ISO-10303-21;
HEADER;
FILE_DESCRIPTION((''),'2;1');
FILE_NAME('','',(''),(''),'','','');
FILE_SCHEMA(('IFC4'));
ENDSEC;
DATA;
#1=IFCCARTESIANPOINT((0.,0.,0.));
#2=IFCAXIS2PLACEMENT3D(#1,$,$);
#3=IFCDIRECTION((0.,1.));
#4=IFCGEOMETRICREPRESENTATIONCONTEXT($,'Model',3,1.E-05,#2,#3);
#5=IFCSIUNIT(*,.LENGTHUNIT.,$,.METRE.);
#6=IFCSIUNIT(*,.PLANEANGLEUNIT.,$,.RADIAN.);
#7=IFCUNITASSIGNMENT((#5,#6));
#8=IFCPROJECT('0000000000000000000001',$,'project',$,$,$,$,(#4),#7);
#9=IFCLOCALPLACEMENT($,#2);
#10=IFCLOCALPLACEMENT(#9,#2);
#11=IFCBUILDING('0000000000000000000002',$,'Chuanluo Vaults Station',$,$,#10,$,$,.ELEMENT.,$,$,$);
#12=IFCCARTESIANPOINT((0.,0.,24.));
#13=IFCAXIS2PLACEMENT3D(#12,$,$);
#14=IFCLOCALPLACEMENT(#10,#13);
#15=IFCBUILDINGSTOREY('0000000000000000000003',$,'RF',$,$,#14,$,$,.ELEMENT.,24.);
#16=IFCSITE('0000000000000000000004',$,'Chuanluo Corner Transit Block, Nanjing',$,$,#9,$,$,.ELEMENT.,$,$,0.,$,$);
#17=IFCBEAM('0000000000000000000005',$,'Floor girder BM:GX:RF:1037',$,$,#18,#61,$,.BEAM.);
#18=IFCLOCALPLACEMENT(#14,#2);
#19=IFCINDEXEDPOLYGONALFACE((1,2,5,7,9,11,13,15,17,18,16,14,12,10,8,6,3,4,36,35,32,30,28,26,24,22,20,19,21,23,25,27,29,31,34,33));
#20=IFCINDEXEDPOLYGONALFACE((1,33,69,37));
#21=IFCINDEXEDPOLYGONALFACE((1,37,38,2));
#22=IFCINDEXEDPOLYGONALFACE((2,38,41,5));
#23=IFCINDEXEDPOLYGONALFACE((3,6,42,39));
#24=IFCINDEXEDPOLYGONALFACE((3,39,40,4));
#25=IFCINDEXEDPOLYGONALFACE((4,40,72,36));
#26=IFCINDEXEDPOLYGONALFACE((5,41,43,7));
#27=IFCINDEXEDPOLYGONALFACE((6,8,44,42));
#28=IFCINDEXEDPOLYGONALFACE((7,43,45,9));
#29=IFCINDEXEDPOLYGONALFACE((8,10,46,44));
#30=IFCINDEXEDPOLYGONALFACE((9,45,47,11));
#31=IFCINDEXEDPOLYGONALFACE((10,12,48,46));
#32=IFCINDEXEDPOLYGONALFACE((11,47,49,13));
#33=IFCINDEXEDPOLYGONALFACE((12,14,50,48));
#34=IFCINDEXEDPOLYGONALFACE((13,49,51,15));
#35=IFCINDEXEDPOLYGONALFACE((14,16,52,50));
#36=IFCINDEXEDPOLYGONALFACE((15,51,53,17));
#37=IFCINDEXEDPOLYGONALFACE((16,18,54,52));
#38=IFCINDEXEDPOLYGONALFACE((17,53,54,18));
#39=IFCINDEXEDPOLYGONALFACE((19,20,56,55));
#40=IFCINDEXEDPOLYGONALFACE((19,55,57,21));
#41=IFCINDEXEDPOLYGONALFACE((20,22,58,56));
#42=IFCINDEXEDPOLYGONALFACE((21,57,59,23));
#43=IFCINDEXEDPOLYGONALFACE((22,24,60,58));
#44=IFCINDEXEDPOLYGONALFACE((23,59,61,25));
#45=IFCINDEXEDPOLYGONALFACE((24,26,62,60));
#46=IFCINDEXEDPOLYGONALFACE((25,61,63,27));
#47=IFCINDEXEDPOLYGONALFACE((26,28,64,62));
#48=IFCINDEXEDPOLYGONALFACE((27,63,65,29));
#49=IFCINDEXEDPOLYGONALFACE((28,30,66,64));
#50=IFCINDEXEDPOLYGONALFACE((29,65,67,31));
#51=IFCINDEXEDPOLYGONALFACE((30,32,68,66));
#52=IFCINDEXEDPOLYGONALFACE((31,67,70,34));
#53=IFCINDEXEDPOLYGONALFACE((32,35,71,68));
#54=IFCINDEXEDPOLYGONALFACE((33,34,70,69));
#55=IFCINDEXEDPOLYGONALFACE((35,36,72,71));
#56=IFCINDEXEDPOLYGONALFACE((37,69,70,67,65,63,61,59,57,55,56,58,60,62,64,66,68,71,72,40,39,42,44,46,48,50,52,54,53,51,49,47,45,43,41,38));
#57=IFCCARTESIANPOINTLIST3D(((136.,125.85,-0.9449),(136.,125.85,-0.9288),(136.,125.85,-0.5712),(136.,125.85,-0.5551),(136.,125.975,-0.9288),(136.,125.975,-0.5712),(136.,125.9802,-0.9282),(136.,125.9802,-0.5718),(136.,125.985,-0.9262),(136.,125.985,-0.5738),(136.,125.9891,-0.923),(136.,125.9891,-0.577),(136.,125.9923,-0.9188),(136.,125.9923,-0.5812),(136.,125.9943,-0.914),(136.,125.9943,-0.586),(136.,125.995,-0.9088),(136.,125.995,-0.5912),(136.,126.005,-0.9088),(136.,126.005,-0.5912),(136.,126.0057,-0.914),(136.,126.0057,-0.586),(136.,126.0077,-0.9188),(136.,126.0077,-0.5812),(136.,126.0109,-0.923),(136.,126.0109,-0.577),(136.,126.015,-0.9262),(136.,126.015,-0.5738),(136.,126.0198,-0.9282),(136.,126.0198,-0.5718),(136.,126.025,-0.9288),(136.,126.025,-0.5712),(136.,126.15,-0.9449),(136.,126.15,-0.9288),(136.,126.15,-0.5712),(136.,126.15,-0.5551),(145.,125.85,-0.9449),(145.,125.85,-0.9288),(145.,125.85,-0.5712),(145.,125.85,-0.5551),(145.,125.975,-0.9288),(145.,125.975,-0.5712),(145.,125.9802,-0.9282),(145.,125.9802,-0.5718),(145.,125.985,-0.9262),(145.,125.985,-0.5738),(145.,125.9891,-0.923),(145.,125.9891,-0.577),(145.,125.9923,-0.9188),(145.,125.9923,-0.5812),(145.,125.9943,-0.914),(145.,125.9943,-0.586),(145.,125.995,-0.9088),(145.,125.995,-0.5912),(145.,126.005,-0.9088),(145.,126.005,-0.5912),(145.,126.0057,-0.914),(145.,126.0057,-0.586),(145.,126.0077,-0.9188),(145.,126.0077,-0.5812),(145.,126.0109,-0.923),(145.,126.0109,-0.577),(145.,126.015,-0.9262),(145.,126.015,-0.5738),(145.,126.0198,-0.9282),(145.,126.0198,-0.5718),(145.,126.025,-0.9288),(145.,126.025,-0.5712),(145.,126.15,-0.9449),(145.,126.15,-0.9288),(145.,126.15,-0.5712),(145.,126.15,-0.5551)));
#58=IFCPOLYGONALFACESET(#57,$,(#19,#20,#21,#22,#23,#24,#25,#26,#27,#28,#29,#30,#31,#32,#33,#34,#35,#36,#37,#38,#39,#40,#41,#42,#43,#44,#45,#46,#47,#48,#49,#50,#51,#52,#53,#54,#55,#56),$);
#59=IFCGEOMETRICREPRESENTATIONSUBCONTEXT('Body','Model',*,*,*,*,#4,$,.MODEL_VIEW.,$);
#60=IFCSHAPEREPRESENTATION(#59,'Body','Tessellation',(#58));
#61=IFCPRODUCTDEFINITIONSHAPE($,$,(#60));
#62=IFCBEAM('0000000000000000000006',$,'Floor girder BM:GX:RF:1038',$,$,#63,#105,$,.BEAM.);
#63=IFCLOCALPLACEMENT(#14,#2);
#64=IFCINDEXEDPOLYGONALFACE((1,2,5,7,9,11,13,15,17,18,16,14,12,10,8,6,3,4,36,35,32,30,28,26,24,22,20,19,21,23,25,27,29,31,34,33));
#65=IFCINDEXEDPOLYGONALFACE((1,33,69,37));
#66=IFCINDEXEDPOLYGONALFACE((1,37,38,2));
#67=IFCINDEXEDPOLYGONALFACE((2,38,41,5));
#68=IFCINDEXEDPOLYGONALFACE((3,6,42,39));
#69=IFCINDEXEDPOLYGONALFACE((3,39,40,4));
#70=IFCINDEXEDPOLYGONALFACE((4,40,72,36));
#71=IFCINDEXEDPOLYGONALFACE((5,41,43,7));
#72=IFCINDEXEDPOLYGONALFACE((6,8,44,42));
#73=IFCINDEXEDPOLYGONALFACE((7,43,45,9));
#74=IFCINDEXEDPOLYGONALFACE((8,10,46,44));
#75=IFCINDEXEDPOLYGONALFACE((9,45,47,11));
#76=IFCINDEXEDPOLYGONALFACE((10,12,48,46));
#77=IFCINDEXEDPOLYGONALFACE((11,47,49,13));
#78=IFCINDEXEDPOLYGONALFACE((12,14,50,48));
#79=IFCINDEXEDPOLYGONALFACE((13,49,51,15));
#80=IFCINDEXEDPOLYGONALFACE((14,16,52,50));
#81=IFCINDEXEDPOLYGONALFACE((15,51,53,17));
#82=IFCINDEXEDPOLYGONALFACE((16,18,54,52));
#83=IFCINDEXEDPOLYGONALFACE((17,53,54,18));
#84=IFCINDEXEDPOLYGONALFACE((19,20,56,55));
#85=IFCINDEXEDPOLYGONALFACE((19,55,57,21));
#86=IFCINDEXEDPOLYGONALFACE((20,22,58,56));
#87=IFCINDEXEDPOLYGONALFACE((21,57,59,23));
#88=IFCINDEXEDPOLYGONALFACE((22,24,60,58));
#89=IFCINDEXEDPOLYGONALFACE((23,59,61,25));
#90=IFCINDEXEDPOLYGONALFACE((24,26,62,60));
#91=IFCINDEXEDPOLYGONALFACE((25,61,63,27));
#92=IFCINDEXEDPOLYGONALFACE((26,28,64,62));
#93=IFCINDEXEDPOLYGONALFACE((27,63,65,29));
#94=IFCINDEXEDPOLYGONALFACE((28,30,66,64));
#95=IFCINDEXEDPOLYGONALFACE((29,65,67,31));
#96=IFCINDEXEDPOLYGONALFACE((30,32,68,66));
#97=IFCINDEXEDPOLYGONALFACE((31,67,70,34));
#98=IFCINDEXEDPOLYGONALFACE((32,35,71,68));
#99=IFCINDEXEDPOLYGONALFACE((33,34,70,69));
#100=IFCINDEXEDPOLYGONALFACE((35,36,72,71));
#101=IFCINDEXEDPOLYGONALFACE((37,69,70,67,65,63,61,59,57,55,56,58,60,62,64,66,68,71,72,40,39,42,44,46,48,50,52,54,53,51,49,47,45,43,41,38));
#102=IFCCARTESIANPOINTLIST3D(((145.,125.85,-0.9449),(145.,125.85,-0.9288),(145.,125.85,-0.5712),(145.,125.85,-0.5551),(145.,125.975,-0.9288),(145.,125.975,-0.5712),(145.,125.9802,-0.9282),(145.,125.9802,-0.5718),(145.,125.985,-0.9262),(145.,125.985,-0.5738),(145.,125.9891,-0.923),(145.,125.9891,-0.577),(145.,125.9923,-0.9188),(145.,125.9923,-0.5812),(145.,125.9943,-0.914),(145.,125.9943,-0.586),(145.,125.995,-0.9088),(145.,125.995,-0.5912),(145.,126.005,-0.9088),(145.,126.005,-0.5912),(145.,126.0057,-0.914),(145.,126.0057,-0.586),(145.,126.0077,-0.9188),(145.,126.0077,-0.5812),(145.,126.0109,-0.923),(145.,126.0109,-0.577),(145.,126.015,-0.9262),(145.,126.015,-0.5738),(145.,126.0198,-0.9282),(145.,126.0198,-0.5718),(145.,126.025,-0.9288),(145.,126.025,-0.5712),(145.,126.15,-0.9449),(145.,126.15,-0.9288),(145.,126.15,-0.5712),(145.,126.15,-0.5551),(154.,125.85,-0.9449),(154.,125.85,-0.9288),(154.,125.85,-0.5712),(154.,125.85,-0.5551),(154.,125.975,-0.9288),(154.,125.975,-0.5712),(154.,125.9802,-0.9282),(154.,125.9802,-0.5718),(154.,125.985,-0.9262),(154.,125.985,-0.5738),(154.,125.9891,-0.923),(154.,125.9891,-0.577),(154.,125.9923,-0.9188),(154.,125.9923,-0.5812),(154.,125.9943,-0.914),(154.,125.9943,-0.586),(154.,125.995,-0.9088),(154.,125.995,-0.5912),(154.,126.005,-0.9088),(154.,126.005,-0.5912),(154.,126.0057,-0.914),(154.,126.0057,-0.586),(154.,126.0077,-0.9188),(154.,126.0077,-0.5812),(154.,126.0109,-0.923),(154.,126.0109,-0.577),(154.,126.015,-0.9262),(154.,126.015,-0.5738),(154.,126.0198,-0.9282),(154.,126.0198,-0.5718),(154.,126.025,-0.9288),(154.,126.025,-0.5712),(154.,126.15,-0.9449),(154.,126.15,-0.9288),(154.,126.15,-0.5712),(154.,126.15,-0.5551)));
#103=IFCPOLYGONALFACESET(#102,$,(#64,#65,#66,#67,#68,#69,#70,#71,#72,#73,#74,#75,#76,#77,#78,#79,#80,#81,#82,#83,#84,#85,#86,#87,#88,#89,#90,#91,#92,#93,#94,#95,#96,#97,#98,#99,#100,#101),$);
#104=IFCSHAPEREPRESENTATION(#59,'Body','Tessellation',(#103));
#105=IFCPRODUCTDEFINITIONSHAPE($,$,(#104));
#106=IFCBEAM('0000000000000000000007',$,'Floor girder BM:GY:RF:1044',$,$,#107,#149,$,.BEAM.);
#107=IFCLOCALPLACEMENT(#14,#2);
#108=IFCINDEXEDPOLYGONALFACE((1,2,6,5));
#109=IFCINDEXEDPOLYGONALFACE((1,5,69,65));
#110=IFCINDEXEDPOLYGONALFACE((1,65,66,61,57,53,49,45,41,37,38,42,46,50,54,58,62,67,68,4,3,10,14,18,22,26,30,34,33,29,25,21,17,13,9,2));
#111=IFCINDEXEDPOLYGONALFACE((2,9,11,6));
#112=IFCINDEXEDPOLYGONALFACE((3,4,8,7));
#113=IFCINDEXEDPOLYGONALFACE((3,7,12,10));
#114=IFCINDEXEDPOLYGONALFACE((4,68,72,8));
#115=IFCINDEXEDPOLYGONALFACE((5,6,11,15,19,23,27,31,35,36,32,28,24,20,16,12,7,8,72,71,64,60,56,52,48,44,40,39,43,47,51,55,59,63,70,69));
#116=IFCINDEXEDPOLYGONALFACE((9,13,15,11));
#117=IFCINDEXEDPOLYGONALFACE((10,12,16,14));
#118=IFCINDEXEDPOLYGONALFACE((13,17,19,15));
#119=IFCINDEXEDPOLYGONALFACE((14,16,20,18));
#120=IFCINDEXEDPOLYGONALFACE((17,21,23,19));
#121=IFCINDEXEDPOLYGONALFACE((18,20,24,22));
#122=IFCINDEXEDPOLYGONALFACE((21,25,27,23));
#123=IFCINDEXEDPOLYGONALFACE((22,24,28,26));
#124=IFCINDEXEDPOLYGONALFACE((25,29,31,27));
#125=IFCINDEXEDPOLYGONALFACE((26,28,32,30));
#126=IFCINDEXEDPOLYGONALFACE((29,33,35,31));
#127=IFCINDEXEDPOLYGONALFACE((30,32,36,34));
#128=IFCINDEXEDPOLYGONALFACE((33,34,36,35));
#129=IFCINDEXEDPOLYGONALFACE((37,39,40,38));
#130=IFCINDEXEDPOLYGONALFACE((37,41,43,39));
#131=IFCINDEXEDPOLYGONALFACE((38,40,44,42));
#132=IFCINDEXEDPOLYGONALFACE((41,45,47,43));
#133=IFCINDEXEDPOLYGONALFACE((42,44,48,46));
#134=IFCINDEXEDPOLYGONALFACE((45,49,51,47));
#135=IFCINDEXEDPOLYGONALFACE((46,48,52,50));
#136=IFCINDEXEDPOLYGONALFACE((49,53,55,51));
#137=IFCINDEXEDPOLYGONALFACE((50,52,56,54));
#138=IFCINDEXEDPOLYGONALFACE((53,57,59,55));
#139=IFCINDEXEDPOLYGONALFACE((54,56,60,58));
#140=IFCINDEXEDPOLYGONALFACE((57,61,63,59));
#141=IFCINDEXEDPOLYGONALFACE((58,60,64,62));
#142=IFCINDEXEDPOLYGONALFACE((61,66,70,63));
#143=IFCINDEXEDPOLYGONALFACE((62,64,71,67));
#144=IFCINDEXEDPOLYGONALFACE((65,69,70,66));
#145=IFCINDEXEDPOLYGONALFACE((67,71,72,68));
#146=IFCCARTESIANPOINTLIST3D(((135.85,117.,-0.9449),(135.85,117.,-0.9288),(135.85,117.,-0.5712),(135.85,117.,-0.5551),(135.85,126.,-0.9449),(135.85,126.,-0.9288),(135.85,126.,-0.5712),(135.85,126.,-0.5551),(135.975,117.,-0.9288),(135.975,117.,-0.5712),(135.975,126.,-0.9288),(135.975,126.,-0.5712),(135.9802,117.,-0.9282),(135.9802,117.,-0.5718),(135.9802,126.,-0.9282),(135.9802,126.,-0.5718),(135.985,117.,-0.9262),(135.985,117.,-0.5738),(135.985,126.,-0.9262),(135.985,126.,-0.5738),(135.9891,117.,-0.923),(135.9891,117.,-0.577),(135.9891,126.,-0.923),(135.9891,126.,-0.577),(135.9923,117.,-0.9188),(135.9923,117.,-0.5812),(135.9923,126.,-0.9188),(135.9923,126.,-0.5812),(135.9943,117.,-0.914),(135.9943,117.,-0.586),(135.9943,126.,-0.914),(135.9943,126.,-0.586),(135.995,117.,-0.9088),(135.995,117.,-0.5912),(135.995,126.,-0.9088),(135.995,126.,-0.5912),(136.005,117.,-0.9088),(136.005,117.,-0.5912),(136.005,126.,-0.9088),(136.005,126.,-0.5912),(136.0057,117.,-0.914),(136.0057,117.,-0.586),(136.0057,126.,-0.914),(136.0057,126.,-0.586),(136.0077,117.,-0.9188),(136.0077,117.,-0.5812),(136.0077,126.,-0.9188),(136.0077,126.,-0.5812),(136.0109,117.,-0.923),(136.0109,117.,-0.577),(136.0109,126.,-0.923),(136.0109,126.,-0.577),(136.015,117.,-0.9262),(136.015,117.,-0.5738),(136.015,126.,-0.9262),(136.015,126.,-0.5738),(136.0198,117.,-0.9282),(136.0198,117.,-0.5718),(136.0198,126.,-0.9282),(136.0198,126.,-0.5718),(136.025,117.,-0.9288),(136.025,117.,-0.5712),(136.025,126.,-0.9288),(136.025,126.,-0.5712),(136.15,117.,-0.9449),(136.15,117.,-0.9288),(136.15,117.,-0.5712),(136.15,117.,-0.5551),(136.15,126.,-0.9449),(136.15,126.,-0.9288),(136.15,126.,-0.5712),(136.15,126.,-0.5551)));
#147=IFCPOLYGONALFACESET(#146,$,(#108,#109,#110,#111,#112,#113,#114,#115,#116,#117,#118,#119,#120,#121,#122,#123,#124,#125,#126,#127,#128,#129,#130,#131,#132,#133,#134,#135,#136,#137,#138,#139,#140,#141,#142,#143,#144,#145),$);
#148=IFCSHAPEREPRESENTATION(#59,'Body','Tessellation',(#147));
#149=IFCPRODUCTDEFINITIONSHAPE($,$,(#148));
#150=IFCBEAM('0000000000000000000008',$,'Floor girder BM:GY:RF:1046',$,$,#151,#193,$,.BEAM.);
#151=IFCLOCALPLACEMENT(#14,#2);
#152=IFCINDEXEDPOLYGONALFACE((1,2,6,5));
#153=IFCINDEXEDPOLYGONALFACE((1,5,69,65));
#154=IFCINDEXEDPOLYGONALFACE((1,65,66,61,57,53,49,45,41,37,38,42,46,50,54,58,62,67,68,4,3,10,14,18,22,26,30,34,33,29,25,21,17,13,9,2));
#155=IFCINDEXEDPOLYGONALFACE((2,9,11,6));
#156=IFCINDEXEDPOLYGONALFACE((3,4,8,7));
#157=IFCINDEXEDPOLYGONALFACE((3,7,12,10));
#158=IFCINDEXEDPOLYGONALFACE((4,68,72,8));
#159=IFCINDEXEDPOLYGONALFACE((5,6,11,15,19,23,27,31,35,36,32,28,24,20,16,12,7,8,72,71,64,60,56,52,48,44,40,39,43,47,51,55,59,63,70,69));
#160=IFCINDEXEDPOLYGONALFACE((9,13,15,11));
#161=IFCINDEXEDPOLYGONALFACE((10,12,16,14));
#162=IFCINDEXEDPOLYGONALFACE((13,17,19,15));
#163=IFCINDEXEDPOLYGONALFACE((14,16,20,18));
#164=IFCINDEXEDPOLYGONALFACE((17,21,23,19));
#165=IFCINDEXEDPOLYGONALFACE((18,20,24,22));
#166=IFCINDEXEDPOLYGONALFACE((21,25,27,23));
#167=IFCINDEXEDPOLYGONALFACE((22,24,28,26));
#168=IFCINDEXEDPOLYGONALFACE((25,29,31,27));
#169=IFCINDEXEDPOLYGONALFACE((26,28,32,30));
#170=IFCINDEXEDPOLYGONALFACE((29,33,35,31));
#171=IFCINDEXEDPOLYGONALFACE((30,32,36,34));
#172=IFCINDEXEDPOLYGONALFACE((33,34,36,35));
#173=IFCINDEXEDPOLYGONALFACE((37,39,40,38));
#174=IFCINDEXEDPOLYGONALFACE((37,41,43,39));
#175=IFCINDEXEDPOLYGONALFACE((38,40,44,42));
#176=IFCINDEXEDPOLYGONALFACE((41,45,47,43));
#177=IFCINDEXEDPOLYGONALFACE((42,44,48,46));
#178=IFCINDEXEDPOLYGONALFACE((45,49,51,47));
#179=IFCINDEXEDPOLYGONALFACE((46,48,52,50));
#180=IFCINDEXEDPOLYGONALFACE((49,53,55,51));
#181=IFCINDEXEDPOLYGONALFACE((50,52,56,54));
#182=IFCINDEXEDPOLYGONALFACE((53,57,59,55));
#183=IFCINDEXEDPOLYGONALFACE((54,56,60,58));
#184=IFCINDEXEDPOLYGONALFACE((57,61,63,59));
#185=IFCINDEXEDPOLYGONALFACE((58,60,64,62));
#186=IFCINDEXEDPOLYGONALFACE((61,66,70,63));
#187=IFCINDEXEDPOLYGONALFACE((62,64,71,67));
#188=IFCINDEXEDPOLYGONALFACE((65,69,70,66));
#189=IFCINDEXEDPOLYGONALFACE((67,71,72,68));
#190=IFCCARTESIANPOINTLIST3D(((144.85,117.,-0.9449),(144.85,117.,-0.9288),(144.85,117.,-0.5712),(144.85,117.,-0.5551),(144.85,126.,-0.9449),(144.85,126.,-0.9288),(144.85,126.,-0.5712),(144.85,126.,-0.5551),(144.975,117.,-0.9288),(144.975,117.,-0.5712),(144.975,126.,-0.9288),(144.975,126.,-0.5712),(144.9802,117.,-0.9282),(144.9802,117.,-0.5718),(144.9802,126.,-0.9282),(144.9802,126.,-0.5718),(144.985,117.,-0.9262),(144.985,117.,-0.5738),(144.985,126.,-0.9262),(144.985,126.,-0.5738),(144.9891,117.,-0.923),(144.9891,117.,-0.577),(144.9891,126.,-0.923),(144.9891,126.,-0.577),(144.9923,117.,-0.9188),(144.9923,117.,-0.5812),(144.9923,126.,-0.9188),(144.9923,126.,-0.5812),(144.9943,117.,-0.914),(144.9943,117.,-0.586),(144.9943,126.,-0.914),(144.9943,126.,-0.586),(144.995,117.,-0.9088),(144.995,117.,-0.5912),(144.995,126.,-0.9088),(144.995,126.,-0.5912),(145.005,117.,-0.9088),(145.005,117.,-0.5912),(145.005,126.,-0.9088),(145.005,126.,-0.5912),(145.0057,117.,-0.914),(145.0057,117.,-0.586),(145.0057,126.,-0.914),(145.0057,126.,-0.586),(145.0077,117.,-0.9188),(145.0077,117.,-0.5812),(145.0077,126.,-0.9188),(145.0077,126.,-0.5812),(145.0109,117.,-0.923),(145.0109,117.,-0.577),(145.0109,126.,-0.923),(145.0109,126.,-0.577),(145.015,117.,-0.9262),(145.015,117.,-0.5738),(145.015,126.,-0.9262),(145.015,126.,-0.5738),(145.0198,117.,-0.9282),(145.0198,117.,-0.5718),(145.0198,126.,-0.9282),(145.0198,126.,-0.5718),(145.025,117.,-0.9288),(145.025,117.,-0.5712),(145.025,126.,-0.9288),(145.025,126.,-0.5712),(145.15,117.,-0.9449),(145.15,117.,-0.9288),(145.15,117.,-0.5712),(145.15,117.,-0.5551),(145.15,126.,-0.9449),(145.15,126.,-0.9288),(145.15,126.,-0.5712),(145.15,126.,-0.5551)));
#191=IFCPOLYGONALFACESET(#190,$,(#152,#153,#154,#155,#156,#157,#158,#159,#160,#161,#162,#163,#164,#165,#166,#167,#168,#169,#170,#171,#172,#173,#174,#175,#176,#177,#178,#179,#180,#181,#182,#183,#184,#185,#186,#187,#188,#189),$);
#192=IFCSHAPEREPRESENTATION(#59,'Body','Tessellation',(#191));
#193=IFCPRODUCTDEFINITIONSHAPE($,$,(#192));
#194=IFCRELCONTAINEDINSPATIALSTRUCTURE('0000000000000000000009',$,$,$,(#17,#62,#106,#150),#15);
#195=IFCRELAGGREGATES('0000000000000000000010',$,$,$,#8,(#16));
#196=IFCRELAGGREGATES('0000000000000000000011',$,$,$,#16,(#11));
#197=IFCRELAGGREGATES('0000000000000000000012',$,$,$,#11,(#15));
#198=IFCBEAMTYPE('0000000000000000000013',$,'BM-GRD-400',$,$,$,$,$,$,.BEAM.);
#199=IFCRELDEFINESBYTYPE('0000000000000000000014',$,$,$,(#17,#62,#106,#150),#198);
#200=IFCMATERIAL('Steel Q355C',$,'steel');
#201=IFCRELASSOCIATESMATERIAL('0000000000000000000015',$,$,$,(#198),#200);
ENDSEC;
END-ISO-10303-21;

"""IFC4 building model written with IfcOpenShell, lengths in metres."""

from ifc_helpers import new_model, si_unit, direction, frame, origin, origin_2d, place, context, subcontext, project, spatial, i_section, extrude, material, material_profile, profile_set, type_object, element, save


model = new_model("IFC4")

# Units and contexts
model_context = context("Model", 3, precision=1e-05, world=origin(), true_north=direction((0.0, 1.0)))
body_context = subcontext(model_context, "Body", "Model", "MODEL_VIEW")
ifc_project = project(units=[si_unit("LENGTHUNIT", "METRE"), si_unit("PLANEANGLEUNIT", "RADIAN")], contexts=[model_context])

# Site, building, storey
site_placement = place(None, origin())
site = spatial("IfcSite", under=ifc_project, at=site_placement, Name="Chuanluo Corner Transit Block, Nanjing", CompositionType="ELEMENT", RefElevation=0.0)
building_placement = place(site_placement, origin())
building = spatial("IfcBuilding", under=site, at=building_placement, Name="Chuanluo Vaults Station", CompositionType="ELEMENT")
storey_placement = place(building_placement, frame((0.0, 0.0, 24.0)))
storey = spatial("IfcBuildingStorey", under=building, at=storey_placement, Name="RF", CompositionType="ELEMENT", Elevation=24.0)

# Beams
ifc_material_1 = material(Name="Steel Q355C", Category="steel")
ifc_material_profile_1 = material_profile(ifc_material_1, i_section(OverallWidth=0.3, OverallDepth=0.3899, WebThickness=0.01, FlangeThickness=0.0161, FilletRadius=0.02, at=origin_2d()))
ifc_profile_set_1 = profile_set([ifc_material_profile_1], Name="Steel Q355C")
beam_type_1 = type_object("IfcBeamType", Name="BM-GRD-400", PredefinedType="BEAM", material=ifc_profile_set_1)
for number, where, z_axis, x_axis, name in (
    (1, (136.0, 126.0, -0.75), (1.0, 0.0, 0.0), (0.0, 1.0, 0.0), "Floor girder BM:GX:RF:1037"),
    (2, (145.0, 126.0, -0.75), (1.0, 0.0, 0.0), (0.0, 1.0, 0.0), "Floor girder BM:GX:RF:1038"),
    (3, (136.0, 117.0, -0.75), (0.0, 1.0, 0.0), (-1.0, 0.0, 0.0), "Floor girder BM:GY:RF:1044"),
    (4, (145.0, 117.0, -0.75), (0.0, 1.0, 0.0), (-1.0, 0.0, 0.0), "Floor girder BM:GY:RF:1046"),
):
    element("IfcBeam", number, at=place(storey_placement, frame(where, z_axis=z_axis, x_axis=x_axis)), inside=storey, type_object=beam_type_1, Name=name, PredefinedType="BEAM", context=body_context, shape_type="SweptSolid", body=[
        extrude(i_section(OverallWidth=0.3, OverallDepth=0.3899, WebThickness=0.01, FlangeThickness=0.0161, FilletRadius=0.02, at=origin_2d()), origin(), (0.0, 0.0, 1.0), 9.0),
    ])

save(model, "model.ifc")
